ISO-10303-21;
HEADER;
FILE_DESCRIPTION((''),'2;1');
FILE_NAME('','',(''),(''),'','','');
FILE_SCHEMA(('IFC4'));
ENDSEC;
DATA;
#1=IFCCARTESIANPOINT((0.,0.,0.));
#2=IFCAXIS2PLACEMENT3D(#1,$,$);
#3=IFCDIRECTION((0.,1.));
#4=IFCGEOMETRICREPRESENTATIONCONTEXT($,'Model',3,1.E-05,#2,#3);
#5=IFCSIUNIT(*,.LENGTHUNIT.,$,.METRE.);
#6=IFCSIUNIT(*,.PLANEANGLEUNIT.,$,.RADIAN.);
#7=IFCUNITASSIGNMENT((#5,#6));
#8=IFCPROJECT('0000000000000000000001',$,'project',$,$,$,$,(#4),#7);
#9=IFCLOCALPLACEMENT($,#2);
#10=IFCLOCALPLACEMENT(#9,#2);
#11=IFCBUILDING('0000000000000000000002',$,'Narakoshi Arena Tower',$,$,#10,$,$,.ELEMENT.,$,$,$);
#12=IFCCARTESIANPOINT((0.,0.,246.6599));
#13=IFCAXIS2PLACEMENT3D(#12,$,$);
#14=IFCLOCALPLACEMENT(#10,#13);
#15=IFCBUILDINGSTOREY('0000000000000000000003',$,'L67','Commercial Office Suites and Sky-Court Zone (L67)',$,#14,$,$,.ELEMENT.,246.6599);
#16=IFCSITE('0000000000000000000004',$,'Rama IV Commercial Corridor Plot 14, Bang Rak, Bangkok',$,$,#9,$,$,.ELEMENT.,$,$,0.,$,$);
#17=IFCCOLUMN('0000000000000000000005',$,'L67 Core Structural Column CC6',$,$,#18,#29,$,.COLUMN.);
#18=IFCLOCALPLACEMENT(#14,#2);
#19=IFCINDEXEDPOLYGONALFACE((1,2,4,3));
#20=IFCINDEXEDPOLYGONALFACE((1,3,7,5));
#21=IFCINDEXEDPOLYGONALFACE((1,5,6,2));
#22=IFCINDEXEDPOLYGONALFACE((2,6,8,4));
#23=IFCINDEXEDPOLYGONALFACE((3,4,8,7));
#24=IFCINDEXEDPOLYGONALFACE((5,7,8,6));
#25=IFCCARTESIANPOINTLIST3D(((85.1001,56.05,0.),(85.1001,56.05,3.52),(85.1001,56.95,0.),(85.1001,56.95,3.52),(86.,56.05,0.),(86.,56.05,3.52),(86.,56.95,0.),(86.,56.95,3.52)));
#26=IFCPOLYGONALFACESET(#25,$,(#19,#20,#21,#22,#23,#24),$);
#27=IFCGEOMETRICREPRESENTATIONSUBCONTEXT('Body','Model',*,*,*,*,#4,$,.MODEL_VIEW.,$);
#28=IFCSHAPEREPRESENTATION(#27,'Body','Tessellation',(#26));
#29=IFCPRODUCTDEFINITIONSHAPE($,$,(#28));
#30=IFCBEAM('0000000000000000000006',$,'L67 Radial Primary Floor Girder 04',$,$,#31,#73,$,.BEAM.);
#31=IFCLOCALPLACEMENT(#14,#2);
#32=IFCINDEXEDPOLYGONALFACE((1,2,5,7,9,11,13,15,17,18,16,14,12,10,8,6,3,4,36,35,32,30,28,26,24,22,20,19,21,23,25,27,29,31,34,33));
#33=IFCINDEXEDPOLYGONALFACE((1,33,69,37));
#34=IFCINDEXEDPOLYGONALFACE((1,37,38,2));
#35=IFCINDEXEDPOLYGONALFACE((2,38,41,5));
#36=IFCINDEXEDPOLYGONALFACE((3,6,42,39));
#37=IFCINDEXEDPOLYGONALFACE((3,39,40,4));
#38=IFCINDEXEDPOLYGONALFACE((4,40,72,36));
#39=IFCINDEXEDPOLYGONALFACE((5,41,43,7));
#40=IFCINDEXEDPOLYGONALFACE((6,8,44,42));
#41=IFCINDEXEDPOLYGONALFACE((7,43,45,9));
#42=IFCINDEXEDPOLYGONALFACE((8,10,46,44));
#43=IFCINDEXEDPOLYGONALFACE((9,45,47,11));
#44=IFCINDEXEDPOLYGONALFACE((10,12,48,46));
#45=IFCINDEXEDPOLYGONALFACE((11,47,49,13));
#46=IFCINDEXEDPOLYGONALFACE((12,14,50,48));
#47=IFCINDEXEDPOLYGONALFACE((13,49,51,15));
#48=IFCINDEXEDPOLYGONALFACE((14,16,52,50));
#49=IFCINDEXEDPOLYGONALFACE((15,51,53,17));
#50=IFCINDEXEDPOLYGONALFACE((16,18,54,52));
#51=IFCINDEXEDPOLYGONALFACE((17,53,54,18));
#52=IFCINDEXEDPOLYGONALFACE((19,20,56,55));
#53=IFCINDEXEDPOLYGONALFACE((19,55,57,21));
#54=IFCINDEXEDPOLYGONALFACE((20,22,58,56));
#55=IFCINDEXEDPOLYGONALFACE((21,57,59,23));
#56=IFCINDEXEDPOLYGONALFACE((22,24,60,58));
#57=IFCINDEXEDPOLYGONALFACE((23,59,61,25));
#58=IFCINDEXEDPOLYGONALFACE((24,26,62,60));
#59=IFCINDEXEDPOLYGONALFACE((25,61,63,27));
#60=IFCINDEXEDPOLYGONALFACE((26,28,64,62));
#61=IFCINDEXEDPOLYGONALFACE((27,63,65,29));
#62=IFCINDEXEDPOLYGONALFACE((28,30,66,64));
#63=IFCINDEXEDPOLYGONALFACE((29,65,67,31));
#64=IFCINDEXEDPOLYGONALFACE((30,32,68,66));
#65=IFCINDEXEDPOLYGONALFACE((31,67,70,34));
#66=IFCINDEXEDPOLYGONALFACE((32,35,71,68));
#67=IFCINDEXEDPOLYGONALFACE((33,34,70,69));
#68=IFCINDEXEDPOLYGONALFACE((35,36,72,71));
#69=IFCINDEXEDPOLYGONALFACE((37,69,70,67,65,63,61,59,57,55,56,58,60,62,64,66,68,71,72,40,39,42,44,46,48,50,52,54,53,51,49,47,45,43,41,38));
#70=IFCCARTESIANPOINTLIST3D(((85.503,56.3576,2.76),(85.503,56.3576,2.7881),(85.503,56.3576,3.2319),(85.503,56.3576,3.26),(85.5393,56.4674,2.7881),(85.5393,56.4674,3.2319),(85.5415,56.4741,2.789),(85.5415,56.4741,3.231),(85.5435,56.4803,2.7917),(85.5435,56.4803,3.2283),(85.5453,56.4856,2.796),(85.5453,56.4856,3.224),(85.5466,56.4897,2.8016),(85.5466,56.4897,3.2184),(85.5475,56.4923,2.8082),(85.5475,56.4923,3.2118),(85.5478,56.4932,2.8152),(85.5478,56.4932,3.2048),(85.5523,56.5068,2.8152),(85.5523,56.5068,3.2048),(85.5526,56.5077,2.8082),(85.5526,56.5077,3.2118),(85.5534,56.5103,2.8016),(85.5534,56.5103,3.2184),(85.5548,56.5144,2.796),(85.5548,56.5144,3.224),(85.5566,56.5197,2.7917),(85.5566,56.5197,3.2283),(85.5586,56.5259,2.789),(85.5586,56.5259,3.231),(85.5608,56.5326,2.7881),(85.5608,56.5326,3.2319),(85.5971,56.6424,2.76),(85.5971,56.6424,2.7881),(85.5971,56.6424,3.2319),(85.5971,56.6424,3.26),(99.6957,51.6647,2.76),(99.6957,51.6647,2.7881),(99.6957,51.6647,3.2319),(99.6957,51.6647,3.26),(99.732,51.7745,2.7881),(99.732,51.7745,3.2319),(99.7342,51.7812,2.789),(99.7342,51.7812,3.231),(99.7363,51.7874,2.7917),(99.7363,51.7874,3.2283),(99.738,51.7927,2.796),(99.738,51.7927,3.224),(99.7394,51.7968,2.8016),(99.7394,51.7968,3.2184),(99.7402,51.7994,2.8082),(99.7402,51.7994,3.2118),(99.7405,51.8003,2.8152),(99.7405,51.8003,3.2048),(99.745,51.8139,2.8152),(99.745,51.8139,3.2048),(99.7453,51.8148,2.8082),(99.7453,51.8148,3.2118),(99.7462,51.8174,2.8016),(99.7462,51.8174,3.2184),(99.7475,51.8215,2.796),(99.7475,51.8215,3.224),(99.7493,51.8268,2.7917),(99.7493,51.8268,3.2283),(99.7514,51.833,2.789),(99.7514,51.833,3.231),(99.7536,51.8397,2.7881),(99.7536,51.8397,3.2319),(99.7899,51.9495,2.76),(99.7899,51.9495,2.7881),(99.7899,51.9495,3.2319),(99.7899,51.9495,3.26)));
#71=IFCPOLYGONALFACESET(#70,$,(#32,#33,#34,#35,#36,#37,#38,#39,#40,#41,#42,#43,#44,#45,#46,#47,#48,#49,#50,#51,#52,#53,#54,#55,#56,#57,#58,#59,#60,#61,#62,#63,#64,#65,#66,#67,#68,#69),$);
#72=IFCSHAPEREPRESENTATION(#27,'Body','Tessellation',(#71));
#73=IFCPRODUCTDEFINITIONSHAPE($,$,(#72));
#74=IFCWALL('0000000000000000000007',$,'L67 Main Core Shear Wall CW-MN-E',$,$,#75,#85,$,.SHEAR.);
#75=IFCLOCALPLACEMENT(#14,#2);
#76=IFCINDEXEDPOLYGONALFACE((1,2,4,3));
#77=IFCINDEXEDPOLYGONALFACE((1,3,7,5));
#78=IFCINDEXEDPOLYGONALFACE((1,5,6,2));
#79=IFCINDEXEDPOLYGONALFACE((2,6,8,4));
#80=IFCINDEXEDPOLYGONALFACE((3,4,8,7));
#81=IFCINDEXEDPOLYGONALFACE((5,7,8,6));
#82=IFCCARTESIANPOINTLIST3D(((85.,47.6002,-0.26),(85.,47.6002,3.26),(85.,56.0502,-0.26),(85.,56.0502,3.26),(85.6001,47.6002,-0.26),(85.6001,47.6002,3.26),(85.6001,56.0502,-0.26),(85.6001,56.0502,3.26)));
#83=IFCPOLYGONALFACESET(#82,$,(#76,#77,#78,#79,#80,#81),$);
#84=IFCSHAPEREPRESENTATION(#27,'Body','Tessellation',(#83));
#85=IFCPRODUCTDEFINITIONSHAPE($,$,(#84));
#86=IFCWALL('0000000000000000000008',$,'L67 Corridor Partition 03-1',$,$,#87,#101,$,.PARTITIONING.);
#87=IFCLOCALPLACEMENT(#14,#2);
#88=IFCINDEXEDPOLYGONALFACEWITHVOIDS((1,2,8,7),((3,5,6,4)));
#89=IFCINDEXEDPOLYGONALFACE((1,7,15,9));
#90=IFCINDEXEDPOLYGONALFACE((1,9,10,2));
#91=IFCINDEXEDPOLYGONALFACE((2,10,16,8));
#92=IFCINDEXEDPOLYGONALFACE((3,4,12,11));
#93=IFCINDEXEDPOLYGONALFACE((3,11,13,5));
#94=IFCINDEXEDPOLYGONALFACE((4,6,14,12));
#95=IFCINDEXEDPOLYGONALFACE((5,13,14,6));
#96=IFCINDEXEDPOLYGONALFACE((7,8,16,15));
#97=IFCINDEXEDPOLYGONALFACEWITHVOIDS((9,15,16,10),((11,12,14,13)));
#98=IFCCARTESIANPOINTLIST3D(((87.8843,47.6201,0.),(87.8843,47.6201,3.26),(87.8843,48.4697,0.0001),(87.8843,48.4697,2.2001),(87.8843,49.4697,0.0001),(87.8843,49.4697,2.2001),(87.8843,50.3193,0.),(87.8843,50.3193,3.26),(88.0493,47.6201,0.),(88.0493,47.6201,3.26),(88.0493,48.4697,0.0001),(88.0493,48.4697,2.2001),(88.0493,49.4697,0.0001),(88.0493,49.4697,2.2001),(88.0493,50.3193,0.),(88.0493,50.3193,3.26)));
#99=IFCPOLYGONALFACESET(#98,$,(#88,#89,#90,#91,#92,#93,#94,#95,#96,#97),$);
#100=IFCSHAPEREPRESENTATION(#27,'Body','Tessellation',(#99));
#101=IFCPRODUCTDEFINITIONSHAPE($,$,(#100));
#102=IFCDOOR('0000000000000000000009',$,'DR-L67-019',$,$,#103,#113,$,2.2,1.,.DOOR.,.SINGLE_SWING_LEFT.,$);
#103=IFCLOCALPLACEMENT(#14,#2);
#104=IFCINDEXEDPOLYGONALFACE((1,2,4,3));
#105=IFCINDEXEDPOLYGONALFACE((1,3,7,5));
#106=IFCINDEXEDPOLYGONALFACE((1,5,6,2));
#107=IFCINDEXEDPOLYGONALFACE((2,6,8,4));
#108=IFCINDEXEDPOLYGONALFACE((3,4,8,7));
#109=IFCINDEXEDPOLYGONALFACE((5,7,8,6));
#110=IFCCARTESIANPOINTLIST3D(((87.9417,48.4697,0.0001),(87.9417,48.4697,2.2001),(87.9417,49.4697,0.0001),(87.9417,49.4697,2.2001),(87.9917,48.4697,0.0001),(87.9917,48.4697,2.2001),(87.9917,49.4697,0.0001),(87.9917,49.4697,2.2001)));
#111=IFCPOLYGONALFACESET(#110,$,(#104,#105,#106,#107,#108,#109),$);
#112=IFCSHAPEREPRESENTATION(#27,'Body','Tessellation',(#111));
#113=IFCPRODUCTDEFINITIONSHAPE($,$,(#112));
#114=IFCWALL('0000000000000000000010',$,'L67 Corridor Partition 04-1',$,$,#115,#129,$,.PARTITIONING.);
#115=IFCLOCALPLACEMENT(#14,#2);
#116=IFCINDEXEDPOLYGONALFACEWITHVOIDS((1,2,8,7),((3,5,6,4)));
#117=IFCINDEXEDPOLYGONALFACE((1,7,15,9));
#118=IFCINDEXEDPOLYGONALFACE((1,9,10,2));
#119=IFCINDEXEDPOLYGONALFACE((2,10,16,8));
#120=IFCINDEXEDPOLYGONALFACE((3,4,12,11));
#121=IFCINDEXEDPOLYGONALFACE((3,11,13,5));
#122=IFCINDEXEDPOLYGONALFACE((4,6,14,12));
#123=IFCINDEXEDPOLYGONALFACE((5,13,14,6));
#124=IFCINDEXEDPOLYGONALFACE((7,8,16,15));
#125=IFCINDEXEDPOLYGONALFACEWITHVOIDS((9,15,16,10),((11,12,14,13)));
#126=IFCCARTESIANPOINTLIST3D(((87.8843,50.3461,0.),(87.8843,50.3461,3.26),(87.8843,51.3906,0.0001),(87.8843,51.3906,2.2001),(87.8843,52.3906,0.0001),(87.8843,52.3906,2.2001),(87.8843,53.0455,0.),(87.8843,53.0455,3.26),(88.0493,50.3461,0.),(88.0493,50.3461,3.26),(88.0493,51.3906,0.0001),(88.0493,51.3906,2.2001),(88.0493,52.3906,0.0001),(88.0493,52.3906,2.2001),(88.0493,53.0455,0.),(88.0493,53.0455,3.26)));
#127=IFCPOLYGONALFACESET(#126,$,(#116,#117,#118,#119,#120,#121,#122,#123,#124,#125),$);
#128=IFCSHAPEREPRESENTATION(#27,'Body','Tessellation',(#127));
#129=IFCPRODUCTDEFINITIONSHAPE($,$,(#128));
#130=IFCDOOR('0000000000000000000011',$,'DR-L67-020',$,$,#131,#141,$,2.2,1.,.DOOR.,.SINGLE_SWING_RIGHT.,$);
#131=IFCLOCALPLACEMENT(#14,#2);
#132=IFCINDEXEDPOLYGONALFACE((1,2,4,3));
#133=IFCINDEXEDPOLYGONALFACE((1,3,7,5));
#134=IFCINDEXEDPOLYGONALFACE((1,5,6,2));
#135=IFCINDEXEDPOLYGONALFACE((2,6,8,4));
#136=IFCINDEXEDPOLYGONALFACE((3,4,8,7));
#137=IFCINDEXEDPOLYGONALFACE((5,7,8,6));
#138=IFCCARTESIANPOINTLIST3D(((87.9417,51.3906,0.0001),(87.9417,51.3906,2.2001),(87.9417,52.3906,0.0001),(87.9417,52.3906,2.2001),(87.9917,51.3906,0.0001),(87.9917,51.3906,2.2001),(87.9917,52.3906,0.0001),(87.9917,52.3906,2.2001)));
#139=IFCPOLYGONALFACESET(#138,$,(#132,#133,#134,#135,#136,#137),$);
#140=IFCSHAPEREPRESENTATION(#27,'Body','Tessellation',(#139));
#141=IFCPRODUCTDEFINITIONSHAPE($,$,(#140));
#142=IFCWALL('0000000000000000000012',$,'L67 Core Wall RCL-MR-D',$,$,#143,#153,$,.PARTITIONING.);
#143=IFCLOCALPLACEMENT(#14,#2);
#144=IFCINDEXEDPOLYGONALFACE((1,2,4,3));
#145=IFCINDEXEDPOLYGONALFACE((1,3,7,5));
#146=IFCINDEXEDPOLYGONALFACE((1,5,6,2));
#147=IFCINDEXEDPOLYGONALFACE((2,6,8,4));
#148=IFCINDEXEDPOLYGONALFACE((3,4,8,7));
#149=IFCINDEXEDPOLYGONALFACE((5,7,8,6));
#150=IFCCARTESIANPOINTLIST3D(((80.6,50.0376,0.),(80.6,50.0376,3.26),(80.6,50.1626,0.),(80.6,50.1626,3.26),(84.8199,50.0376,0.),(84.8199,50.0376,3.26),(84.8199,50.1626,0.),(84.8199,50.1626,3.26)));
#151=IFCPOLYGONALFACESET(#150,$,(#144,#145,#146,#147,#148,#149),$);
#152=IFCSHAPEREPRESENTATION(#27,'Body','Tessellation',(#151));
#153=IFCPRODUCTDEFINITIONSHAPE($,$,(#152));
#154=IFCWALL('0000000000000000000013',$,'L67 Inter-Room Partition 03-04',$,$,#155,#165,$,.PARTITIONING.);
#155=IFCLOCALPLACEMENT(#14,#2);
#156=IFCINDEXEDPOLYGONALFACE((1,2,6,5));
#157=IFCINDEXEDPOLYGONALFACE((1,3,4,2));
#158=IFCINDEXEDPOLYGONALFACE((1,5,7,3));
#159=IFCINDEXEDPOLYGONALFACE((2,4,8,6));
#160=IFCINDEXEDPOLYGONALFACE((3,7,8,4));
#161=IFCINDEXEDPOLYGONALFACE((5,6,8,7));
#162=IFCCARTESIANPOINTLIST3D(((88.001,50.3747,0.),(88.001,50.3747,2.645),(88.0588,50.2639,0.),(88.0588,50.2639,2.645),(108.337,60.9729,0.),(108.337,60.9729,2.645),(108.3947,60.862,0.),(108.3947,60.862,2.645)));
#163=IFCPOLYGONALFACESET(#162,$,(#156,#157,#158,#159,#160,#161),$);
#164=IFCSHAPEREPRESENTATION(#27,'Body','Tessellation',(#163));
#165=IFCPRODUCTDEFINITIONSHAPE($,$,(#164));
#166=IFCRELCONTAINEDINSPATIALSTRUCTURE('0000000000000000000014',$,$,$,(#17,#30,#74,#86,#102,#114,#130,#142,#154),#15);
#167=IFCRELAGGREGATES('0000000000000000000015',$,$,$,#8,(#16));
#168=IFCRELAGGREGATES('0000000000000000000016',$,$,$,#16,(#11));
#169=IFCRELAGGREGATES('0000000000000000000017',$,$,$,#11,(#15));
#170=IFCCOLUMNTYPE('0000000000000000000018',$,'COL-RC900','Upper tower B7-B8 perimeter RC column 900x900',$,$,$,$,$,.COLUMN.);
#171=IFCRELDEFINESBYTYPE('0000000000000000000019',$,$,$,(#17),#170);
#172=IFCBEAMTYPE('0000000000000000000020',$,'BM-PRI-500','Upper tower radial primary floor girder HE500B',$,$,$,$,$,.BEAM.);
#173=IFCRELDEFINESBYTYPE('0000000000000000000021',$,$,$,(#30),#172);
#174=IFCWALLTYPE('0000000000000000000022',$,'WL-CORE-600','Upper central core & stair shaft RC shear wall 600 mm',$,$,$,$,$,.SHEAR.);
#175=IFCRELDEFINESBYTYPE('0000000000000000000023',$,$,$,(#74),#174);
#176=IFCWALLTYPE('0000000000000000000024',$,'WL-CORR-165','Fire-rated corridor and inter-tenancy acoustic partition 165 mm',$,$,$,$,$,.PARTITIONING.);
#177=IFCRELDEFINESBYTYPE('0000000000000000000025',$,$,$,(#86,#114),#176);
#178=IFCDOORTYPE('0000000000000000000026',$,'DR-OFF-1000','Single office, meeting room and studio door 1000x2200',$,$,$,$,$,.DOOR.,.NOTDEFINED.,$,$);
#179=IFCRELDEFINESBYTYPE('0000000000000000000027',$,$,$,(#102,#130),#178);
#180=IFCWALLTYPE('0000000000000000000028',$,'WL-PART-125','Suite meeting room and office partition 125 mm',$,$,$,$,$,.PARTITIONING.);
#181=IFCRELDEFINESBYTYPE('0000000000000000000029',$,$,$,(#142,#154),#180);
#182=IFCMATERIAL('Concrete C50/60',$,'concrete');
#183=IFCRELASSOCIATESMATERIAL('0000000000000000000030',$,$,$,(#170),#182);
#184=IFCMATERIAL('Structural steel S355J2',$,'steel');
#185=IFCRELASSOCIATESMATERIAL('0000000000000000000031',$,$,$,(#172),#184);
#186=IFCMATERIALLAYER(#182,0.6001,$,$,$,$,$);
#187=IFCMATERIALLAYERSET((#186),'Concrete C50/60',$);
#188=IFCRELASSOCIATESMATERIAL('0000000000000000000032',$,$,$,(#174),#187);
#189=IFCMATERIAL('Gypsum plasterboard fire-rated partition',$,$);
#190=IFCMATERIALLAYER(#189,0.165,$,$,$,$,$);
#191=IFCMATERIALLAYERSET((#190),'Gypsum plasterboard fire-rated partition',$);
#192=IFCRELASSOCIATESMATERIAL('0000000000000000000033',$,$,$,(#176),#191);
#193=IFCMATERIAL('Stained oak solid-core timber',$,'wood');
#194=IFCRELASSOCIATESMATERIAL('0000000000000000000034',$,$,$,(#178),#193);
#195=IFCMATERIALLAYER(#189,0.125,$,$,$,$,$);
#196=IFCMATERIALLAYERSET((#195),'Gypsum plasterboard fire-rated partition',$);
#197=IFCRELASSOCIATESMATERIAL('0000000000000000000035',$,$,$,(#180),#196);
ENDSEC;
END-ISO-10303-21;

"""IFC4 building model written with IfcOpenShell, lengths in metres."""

from ifc_helpers import new_model, si_unit, direction, frame, frame_2d, origin, origin_2d, place, context, subcontext, project, spatial, rectangle, i_section, extrude, material, layer, layer_set, material_profile, profile_set, type_object, element, fill, save


model = new_model("IFC4")

# Units and contexts
model_context = context("Model", 3, precision=1e-05, world=origin(), true_north=direction((0.0, 1.0)))
body_context = subcontext(model_context, "Body", "Model", "MODEL_VIEW")
ifc_project = project(units=[si_unit("LENGTHUNIT", "METRE"), si_unit("PLANEANGLEUNIT", "RADIAN")], contexts=[model_context])

# Site, building, storey
site_placement = place(None, origin())
site = spatial("IfcSite", under=ifc_project, at=site_placement, Name="Rama IV Commercial Corridor Plot 14, Bang Rak, Bangkok", CompositionType="ELEMENT", RefElevation=0.0)
building_placement = place(site_placement, origin())
building = spatial("IfcBuilding", under=site, at=building_placement, Name="Narakoshi Arena Tower", CompositionType="ELEMENT")
storey_placement = place(building_placement, frame((0.0, 0.0, 246.6599)))
storey = spatial("IfcBuildingStorey", under=building, at=storey_placement, Name="L67", Description="Commercial Office Suites and Sky-Court Zone (L67)", CompositionType="ELEMENT", Elevation=246.6599)

# Column
ifc_material_1 = material(Name="Concrete C50/60", Category="concrete")
ifc_material_profile_1 = material_profile(ifc_material_1, rectangle(XDim=0.8999, YDim=0.8999, at=origin_2d()), Name="RC900x900")
ifc_profile_set_1 = profile_set([ifc_material_profile_1], Name="Concrete C50/60")
column_type = type_object("IfcColumnType", Name="COL-RC900", Description="Upper tower B7-B8 perimeter RC column 900x900", PredefinedType="COLUMN", material=ifc_profile_set_1)
column_placement = place(storey_placement, frame((85.55, 56.5, 0.0), z_axis=(0.0, 0.0, 1.0), x_axis=(1.0, 0.0, 0.0)))
element("IfcColumn", 1, at=column_placement, inside=storey, type_object=column_type, Name="L67 Core Structural Column CC6", PredefinedType="COLUMN", context=body_context, shape_type="SweptSolid", body=[
    extrude(rectangle(XDim=0.8999, YDim=0.8999, at=origin_2d()), origin(), (0.0, 0.0, 1.0), 3.52),
])

# Beam
ifc_material_2 = material(Name="Structural steel S355J2", Category="steel")
ifc_material_profile_2 = material_profile(ifc_material_2, i_section(OverallWidth=0.3, OverallDepth=0.5, WebThickness=0.0144, FlangeThickness=0.0281, FilletRadius=0.0271, at=origin_2d()), Name="HE500B")
ifc_profile_set_2 = profile_set([ifc_material_profile_2], Name="Structural steel S355J2")
beam_type = type_object("IfcBeamType", Name="BM-PRI-500", Description="Upper tower radial primary floor girder HE500B", PredefinedType="BEAM", material=ifc_profile_set_2)
beam_placement = place(storey_placement, frame((85.55, 56.5, 3.01), z_axis=(0.949443, -0.313939, 0.0), x_axis=(0.313939, 0.949443, 0.0)))
element("IfcBeam", 2, at=beam_placement, inside=storey, type_object=beam_type, Name="L67 Radial Primary Floor Girder 04", PredefinedType="BEAM", context=body_context, shape_type="SweptSolid", body=[
    extrude(i_section(OverallWidth=0.3, OverallDepth=0.5, WebThickness=0.0144, FlangeThickness=0.0281, FilletRadius=0.0271, at=origin_2d()), origin(), (0.0, 0.0, 1.0), 14.9485),
])

# Wall
ifc_layer_1 = layer(ifc_material_1, 0.6001)
ifc_layer_set_1 = layer_set([ifc_layer_1], Name="Concrete C50/60")
wall_type_1 = type_object("IfcWallType", Name="WL-CORE-600", Description="Upper central core & stair shaft RC shear wall 600 mm", PredefinedType="SHEAR", material=ifc_layer_set_1)
wall_1_placement = place(storey_placement, frame((85.3, 47.6001, -0.26), z_axis=(0.0, 0.0, 1.0), x_axis=(0.0, 1.0, 0.0)))
element("IfcWall", 3, at=wall_1_placement, inside=storey, type_object=wall_type_1, Name="L67 Main Core Shear Wall CW-MN-E", PredefinedType="SHEAR", context=body_context, shape_type="SweptSolid", body=[
    extrude(rectangle(XDim=8.45, YDim=0.6001, at=frame_2d((4.2251, 0.0))), origin(), (0.0, 0.0, 1.0), 3.52),
])

# Walls, openings, doors
ifc_material_3 = material(Name="Gypsum plasterboard fire-rated partition")
ifc_layer_2 = layer(ifc_material_3, 0.165)
ifc_layer_set_2 = layer_set([ifc_layer_2], Name="Gypsum plasterboard fire-rated partition")
wall_type_2 = type_object("IfcWallType", Name="WL-CORR-165", Description="Fire-rated corridor and inter-tenancy acoustic partition 165 mm", PredefinedType="PARTITIONING", material=ifc_layer_set_2)
wall_2_placement = place(storey_placement, frame((87.9668, 47.6201, 0.0), z_axis=(0.0, 0.0, 1.0), x_axis=(0.0, 1.0, 0.0)))
wall_2 = element("IfcWall", 4, at=wall_2_placement, inside=storey, type_object=wall_type_2, Name="L67 Corridor Partition 03-1", PredefinedType="PARTITIONING", context=body_context, shape_type="SweptSolid", body=[
    extrude(rectangle(XDim=2.6992, YDim=0.165, at=frame_2d((1.3496, 0.0))), origin(), (0.0, 0.0, 1.0), 3.26),
])
opening_1_placement = place(wall_2_placement, frame((0.8496, 0.0, 0.0)))
opening_1 = element("IfcOpeningElement", 5, at=opening_1_placement, cuts=wall_2, PredefinedType="OPENING", context=body_context, shape_type="SweptSolid", body=[
    extrude(rectangle(XDim=1.0, YDim=2.2, at=frame_2d((0.5, 1.1001))), frame((0.0, 0.0925, 0.0), z_axis=(0.0, -1.0, 0.0), x_axis=(1.0, 0.0, 0.0)), (0.0, 0.0, 1.0), 0.1851),
])
ifc_material_4 = material(Name="Stained oak solid-core timber", Category="wood")
door_type_1 = type_object("IfcDoorType", Name="DR-OFF-1000", Description="Single office, meeting room and studio door 1000x2200", OperationType="NOTDEFINED", PredefinedType="DOOR", material=ifc_material_4)
door_1_placement = place(opening_1_placement, frame((1.0, 0.0, 0.0), z_axis=(0.0, 0.0, 1.0), x_axis=(-1.0, 0.0, 0.0)))
door_1 = element("IfcDoor", 6, at=door_1_placement, inside=storey, type_object=door_type_1, Name="DR-L67-019", OperationType="SINGLE_SWING_LEFT", OverallHeight=2.2, OverallWidth=1.0, PredefinedType="DOOR", context=body_context, shape_type="SweptSolid", body=[
    extrude(rectangle(XDim=1.0, YDim=2.2, at=frame_2d((0.5, 1.1001))), frame((0.0, 0.0249, 0.0), z_axis=(0.0, -1.0, 0.0), x_axis=(1.0, 0.0, 0.0)), (0.0, 0.0, 1.0), 0.05),
])
fill(opening_1, door_1)
wall_3_placement = place(storey_placement, frame((87.9668, 50.3462, 0.0), z_axis=(0.0, 0.0, 1.0), x_axis=(0.0, 1.0, 0.0)))
wall_3 = element("IfcWall", 7, at=wall_3_placement, inside=storey, type_object=wall_type_2, Name="L67 Corridor Partition 04-1", PredefinedType="PARTITIONING", context=body_context, shape_type="SweptSolid", body=[
    extrude(rectangle(XDim=2.6995, YDim=0.165, at=frame_2d((1.3496, 0.0))), origin(), (0.0, 0.0, 1.0), 3.26),
])
opening_2_placement = place(wall_3_placement, frame((1.0444, 0.0, 0.0)))
opening_2 = element("IfcOpeningElement", 8, at=opening_2_placement, cuts=wall_3, PredefinedType="OPENING", context=body_context, shape_type="SweptSolid", body=[
    extrude(rectangle(XDim=1.0, YDim=2.2, at=frame_2d((0.5, 1.1001))), frame((0.0, 0.0925, 0.0), z_axis=(0.0, -1.0, 0.0), x_axis=(1.0, 0.0, 0.0)), (0.0, 0.0, 1.0), 0.1851),
])
door_2_placement = place(opening_2_placement, frame((1.0, 0.0, 0.0), z_axis=(0.0, 0.0, 1.0), x_axis=(-1.0, 0.0, 0.0)))
door_2 = element("IfcDoor", 9, at=door_2_placement, inside=storey, type_object=door_type_1, Name="DR-L67-020", OperationType="SINGLE_SWING_RIGHT", OverallHeight=2.2, OverallWidth=1.0, PredefinedType="DOOR", context=body_context, shape_type="SweptSolid", body=[
    extrude(rectangle(XDim=1.0, YDim=2.2, at=frame_2d((0.5, 1.1001))), frame((0.0, 0.0249, 0.0), z_axis=(0.0, -1.0, 0.0), x_axis=(1.0, 0.0, 0.0)), (0.0, 0.0, 1.0), 0.05),
])
fill(opening_2, door_2)

# Walls
ifc_layer_3 = layer(ifc_material_3, 0.125)
ifc_layer_set_3 = layer_set([ifc_layer_3], Name="Gypsum plasterboard fire-rated partition")
wall_type_3 = type_object("IfcWallType", Name="WL-PART-125", Description="Suite meeting room and office partition 125 mm", PredefinedType="PARTITIONING", material=ifc_layer_set_3)
wall_4_placement = place(storey_placement, frame((80.6001, 50.1001, 0.0), z_axis=(0.0, 0.0, 1.0), x_axis=(1.0, 0.0, 0.0)))
element("IfcWall", 10, at=wall_4_placement, inside=storey, type_object=wall_type_3, Name="L67 Core Wall RCL-MR-D", PredefinedType="PARTITIONING", context=body_context, shape_type="SweptSolid", body=[
    extrude(rectangle(XDim=4.22, YDim=0.125, at=frame_2d((2.1099, 0.0))), origin(), (0.0, 0.0, 1.0), 3.26),
])
wall_5_placement = place(storey_placement, frame((88.03, 50.3193, 0.0), z_axis=(0.0, 0.0, 1.0), x_axis=(0.886798, 0.462158, 0.0)))
element("IfcWall", 11, at=wall_5_placement, inside=storey, type_object=wall_type_3, Name="L67 Inter-Room Partition 03-04", PredefinedType="PARTITIONING", context=body_context, shape_type="SweptSolid", body=[
    extrude(rectangle(XDim=22.9319, YDim=0.125, at=frame_2d((11.4658, 0.0))), origin(), (0.0, 0.0, 1.0), 2.645),
])

save(model, "model.ifc")
